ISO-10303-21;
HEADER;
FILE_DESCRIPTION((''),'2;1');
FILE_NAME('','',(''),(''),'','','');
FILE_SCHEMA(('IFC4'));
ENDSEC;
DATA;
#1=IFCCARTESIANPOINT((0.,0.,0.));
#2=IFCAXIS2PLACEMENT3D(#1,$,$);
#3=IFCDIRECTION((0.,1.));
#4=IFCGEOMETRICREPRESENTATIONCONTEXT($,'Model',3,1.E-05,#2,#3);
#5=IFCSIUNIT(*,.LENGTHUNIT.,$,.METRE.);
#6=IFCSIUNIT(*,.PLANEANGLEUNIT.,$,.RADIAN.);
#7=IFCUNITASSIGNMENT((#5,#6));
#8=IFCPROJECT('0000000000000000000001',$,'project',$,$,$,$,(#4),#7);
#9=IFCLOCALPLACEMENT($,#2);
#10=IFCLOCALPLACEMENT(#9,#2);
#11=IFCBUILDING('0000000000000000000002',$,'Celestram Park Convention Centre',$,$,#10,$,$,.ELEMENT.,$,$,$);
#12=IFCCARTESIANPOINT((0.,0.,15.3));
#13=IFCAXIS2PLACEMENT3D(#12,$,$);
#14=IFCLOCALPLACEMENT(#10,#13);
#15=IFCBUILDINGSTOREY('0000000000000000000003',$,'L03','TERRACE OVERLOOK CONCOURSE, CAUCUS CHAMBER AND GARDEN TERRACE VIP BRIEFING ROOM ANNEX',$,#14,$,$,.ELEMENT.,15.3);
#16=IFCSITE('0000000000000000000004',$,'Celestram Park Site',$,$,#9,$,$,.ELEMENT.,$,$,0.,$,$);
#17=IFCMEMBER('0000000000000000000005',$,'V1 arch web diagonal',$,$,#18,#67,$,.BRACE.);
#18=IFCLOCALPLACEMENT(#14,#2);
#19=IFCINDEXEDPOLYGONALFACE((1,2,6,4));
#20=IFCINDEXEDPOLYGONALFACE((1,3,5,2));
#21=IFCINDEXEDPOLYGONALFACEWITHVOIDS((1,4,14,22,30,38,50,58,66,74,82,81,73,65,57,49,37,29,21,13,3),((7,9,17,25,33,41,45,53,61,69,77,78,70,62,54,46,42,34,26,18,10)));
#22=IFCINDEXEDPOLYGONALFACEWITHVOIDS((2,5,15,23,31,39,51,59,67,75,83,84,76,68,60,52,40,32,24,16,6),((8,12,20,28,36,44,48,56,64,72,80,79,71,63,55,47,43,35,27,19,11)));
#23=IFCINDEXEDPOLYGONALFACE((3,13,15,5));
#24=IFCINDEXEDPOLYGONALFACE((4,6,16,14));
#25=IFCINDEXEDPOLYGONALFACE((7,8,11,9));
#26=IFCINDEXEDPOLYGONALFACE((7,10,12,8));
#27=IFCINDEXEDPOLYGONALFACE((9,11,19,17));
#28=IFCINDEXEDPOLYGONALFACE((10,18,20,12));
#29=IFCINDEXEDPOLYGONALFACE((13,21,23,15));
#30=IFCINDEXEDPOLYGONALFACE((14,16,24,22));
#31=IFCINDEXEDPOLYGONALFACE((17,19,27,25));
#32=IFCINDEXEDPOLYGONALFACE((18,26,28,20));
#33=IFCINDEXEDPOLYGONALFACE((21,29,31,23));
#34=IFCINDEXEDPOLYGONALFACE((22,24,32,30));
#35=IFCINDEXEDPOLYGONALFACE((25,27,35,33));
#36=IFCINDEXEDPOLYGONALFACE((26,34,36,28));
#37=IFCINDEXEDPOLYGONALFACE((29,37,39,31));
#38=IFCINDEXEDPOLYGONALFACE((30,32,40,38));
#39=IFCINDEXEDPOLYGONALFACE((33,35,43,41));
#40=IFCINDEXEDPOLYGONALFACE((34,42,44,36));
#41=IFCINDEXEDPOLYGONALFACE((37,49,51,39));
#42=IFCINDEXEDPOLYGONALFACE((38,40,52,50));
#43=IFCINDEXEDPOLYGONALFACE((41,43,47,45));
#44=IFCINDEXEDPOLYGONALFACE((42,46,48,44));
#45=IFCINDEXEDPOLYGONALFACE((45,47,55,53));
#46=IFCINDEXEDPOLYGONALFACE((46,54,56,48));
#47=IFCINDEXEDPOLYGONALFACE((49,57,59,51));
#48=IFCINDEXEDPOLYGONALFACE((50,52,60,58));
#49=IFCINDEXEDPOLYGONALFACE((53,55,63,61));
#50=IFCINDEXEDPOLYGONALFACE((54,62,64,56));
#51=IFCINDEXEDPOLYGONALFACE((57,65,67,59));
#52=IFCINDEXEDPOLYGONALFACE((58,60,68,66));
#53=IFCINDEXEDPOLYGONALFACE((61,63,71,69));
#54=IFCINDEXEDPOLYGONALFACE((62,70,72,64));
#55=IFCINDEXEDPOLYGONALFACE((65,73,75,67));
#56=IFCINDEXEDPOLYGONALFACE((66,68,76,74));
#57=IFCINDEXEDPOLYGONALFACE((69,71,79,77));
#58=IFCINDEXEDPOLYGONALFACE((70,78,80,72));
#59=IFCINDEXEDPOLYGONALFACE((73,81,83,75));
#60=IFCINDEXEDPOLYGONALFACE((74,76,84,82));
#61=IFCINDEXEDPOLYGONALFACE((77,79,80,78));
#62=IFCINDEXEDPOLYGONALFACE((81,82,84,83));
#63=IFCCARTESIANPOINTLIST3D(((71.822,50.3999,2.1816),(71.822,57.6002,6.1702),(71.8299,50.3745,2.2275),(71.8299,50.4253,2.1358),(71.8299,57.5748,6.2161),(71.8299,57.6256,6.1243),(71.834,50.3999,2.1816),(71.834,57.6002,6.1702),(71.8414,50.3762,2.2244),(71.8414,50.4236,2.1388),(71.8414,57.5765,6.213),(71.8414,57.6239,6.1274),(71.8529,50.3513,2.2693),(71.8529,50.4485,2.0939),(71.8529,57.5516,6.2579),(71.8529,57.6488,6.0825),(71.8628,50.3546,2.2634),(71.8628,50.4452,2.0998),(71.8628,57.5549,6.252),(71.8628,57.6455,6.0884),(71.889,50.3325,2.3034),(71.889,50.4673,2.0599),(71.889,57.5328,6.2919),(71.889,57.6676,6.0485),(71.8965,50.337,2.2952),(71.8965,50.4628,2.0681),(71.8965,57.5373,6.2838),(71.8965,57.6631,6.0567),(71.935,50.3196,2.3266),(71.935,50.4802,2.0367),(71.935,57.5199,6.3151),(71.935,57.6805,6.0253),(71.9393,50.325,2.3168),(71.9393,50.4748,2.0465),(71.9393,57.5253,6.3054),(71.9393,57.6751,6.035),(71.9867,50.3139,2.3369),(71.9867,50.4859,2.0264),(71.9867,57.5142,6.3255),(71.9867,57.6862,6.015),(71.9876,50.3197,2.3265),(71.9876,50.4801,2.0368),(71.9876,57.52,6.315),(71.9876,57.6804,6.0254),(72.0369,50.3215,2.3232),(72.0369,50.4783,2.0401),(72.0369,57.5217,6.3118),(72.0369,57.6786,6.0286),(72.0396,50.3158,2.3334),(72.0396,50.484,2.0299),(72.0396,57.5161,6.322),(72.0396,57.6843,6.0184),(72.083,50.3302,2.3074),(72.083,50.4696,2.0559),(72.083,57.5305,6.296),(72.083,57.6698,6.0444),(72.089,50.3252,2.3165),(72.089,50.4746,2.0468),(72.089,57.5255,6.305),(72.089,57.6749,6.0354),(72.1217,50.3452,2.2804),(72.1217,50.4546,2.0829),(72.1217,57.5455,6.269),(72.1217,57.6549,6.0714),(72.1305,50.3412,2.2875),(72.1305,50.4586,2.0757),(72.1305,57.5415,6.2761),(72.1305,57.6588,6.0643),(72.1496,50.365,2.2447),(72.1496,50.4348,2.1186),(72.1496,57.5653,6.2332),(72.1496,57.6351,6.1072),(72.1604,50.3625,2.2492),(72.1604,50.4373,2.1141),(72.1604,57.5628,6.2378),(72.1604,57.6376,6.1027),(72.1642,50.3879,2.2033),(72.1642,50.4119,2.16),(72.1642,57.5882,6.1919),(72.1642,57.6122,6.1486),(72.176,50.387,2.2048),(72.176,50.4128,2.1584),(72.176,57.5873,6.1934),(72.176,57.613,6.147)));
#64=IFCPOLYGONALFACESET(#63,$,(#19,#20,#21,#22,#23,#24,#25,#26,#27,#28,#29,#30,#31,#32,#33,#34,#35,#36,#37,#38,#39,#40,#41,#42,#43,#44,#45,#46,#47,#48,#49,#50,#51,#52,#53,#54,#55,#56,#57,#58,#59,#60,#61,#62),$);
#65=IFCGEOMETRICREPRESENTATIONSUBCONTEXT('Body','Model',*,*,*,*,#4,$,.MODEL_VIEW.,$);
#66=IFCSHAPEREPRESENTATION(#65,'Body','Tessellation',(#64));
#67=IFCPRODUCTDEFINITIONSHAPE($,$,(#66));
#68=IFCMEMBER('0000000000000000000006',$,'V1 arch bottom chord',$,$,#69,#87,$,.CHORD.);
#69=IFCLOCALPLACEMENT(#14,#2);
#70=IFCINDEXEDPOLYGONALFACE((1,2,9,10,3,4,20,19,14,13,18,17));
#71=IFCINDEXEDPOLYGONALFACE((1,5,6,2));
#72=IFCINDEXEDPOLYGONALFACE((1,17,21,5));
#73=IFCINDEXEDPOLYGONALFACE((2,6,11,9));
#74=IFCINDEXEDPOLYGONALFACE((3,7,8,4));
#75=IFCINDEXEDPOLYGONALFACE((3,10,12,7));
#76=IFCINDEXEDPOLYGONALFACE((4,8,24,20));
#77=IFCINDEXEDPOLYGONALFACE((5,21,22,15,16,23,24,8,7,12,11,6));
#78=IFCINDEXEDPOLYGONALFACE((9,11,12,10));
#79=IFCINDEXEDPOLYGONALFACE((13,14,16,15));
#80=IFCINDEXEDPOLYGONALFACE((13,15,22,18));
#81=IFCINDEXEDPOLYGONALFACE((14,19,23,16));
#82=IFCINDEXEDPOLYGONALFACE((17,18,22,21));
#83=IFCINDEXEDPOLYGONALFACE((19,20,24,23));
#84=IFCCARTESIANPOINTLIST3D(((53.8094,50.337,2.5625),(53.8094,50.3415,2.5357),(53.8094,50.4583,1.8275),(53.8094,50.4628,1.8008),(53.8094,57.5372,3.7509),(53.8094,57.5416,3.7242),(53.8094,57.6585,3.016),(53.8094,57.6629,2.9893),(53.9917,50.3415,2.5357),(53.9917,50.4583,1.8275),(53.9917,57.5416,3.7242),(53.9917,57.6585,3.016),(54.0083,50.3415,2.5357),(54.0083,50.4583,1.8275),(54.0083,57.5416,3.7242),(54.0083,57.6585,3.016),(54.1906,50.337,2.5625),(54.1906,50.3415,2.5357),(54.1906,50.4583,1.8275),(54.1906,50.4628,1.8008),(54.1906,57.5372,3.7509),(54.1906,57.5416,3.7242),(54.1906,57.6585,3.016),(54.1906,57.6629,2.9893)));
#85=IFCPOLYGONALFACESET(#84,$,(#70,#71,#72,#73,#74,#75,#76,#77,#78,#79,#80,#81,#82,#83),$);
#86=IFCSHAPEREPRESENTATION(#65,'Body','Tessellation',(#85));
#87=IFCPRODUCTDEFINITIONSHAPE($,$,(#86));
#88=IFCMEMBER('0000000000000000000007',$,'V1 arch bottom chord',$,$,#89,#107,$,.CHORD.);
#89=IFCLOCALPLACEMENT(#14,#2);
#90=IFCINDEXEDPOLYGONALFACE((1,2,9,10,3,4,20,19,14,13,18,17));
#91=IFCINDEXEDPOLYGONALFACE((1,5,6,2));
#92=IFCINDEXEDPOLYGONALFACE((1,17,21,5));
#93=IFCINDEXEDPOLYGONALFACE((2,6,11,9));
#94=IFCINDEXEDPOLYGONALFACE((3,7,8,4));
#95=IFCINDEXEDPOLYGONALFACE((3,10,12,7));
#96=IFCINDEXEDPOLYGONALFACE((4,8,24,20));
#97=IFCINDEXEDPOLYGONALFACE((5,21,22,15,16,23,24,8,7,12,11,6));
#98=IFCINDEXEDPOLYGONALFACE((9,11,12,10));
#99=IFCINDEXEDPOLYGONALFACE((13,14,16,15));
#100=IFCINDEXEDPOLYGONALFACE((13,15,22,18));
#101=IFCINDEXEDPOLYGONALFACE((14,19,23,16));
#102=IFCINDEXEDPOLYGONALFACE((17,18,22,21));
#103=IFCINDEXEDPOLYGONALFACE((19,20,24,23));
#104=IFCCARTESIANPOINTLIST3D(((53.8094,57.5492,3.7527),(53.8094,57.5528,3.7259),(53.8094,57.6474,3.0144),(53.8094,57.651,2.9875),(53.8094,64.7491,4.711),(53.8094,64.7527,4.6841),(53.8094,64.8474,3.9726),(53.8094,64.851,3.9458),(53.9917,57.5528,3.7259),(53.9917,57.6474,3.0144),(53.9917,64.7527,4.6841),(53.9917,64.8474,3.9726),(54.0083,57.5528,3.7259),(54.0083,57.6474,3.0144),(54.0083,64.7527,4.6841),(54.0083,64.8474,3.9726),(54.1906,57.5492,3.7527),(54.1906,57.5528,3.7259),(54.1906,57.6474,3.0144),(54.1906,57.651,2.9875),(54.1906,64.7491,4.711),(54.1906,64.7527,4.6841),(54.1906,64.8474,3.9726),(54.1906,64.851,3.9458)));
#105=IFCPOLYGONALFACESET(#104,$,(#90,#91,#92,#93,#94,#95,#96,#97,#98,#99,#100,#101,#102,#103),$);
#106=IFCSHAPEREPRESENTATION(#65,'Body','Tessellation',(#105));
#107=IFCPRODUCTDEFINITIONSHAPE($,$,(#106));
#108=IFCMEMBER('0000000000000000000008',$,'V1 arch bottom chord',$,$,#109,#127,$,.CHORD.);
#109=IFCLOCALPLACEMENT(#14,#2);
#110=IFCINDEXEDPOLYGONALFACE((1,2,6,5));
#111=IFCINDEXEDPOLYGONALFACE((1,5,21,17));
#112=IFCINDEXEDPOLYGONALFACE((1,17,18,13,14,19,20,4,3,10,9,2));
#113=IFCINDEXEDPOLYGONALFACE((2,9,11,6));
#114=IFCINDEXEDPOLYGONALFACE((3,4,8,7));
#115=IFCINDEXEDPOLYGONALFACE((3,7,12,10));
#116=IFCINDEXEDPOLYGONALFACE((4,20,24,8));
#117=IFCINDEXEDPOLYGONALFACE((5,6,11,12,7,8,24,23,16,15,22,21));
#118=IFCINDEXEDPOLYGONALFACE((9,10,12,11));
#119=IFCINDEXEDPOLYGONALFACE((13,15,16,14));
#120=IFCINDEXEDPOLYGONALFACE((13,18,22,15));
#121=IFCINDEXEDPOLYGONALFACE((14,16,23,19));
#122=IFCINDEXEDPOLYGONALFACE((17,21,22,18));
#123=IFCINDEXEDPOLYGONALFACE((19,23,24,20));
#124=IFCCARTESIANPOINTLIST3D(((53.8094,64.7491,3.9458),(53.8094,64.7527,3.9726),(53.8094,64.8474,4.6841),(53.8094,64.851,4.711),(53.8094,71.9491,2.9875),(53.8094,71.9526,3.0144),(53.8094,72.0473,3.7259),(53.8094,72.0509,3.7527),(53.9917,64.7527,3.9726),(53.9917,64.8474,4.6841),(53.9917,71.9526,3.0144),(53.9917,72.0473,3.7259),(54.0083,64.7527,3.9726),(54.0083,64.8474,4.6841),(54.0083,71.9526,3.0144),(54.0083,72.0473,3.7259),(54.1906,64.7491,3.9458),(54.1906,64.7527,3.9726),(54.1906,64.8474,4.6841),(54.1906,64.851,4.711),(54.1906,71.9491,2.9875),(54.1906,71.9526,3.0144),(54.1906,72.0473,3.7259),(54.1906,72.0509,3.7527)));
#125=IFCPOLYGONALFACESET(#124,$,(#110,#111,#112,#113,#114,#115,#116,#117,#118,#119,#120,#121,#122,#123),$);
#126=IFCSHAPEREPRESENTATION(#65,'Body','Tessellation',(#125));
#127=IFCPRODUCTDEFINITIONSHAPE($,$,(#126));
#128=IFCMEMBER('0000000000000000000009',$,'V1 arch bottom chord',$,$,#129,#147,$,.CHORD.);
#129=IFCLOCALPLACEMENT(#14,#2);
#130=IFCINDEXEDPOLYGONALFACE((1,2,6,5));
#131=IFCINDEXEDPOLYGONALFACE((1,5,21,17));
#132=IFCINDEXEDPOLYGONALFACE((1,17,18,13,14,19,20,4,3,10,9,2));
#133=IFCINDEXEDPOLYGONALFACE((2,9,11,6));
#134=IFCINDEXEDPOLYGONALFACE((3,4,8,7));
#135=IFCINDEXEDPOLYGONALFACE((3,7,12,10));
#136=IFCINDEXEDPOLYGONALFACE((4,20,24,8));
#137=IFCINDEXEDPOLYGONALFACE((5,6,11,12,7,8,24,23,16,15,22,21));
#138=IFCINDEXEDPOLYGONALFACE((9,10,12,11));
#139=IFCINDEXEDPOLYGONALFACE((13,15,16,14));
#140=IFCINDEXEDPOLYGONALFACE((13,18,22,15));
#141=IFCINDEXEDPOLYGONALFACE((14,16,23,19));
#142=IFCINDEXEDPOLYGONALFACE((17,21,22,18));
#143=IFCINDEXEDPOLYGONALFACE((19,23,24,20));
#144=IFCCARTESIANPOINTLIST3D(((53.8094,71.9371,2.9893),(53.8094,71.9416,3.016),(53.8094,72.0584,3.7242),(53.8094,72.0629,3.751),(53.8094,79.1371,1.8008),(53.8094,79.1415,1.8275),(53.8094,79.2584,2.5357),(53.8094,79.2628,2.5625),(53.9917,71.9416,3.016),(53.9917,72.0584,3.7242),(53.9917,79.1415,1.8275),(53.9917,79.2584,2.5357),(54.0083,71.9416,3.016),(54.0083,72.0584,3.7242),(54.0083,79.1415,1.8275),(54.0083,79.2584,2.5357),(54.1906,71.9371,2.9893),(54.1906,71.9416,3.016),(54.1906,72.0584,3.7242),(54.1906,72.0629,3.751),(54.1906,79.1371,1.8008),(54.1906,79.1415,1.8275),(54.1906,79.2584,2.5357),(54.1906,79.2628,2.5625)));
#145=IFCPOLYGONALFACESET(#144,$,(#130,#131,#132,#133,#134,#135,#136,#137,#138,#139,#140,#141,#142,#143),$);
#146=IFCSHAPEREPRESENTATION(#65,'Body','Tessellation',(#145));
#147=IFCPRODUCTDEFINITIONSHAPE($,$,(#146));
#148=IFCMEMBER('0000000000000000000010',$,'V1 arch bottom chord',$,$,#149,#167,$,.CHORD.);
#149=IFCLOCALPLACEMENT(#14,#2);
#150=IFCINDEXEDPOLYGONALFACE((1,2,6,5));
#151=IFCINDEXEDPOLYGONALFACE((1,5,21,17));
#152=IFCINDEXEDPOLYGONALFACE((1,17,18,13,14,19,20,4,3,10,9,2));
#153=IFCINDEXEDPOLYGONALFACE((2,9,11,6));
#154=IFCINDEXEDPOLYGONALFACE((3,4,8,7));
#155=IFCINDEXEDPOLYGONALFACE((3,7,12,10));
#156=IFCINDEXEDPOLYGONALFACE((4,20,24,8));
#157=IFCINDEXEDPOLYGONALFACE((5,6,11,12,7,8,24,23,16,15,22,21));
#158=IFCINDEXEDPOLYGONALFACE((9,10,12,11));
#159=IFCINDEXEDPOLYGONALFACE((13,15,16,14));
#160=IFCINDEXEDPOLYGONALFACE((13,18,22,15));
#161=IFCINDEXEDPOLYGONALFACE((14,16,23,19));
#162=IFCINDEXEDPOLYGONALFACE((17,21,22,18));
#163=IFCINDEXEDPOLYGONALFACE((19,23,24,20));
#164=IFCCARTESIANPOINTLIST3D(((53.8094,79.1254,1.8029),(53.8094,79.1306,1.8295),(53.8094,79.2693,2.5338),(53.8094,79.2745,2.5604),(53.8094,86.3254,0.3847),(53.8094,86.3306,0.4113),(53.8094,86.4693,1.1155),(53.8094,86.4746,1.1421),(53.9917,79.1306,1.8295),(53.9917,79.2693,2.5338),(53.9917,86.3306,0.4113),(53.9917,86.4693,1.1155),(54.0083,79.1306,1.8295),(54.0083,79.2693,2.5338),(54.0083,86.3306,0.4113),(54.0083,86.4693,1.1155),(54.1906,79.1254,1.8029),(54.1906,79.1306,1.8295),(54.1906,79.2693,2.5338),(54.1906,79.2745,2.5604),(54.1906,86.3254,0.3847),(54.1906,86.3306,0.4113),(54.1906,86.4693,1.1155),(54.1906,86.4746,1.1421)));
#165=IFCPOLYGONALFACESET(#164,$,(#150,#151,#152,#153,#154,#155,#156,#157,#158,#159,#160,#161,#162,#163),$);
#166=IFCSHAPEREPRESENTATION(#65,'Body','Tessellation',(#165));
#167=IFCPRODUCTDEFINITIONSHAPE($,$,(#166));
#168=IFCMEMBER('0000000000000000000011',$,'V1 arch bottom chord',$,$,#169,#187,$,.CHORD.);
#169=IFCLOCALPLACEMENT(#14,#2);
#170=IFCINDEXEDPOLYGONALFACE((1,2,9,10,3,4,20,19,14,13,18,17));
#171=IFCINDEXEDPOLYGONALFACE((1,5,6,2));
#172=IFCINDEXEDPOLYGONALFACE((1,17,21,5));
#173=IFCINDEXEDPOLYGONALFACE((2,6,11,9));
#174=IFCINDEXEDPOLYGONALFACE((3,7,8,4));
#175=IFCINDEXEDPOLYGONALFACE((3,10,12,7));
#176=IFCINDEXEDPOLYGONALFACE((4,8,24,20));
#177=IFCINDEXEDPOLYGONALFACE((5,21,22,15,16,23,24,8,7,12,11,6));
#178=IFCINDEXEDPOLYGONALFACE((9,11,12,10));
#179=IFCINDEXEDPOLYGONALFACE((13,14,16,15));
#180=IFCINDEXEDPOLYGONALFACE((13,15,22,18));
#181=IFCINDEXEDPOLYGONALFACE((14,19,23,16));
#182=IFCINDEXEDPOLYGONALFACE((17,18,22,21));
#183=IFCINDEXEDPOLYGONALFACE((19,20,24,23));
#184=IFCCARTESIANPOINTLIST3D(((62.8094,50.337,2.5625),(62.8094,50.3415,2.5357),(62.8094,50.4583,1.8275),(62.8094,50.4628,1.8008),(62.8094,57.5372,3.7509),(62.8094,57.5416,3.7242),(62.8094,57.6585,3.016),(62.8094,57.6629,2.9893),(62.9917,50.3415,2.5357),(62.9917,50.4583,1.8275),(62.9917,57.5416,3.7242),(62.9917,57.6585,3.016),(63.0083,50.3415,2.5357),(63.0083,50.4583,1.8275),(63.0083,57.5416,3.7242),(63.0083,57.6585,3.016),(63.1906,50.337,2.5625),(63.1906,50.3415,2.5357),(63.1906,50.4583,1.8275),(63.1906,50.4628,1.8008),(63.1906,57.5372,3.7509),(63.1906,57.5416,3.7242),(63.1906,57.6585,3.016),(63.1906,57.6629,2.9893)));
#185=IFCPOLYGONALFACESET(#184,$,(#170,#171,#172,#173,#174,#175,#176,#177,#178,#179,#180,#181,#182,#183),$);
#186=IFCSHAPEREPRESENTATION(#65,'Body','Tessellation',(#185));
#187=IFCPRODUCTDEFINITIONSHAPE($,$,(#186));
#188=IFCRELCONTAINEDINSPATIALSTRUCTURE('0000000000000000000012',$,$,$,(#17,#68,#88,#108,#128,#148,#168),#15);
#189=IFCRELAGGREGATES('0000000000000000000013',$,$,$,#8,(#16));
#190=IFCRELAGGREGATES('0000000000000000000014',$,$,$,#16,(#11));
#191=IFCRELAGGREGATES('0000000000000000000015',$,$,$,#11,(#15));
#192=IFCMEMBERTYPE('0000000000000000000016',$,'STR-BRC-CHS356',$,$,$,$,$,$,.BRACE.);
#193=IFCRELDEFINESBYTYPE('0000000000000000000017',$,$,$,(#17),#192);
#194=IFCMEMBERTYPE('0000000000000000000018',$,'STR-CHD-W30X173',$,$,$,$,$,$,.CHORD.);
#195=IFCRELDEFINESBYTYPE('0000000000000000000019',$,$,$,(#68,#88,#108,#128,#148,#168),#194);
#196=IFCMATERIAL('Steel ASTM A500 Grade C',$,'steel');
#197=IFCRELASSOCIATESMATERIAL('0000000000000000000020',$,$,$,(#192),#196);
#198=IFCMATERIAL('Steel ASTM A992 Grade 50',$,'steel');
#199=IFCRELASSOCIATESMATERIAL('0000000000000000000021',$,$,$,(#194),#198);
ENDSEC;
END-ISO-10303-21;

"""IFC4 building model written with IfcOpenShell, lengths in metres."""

from ifc_helpers import new_model, si_unit, direction, frame, origin, origin_2d, place, context, subcontext, project, spatial, hollow_circle, i_section, extrude, material, material_profile, profile_set, type_object, element, save


model = new_model("IFC4")

# Units and contexts
model_context = context("Model", 3, precision=1e-05, world=origin(), true_north=direction((0.0, 1.0)))
body_context = subcontext(model_context, "Body", "Model", "MODEL_VIEW")
ifc_project = project(units=[si_unit("LENGTHUNIT", "METRE"), si_unit("PLANEANGLEUNIT", "RADIAN")], contexts=[model_context])

# Site, building, storey
site_placement = place(None, origin())
site = spatial("IfcSite", under=ifc_project, at=site_placement, Name="Celestram Park Site", CompositionType="ELEMENT", RefElevation=0.0)
building_placement = place(site_placement, origin())
building = spatial("IfcBuilding", under=site, at=building_placement, Name="Celestram Park Convention Centre", CompositionType="ELEMENT")
storey_placement = place(building_placement, frame((0.0, 0.0, 15.3)))
storey = spatial("IfcBuildingStorey", under=building, at=storey_placement, Name="L03", Description="TERRACE OVERLOOK CONCOURSE, CAUCUS CHAMBER AND GARDEN TERRACE VIP BRIEFING ROOM ANNEX", CompositionType="ELEMENT", Elevation=15.3)

# Members
ifc_material_1 = material(Name="Steel ASTM A500 Grade C", Category="steel")
ifc_material_profile_1 = material_profile(ifc_material_1, hollow_circle(Radius=0.178, WallThickness=0.012, at=origin_2d()), Name="CHS356X12")
ifc_profile_set_1 = profile_set([ifc_material_profile_1], Name="Steel ASTM A500 Grade C")
member_type_1 = type_object("IfcMemberType", Name="STR-BRC-CHS356", PredefinedType="BRACE", material=ifc_profile_set_1)
member_1_placement = place(storey_placement, frame((72.0, 50.3999, 2.1816), z_axis=(0.0, 0.874754, 0.484567), x_axis=(-1.0, 0.0, 0.0)))
element("IfcMember", 1, at=member_1_placement, inside=storey, type_object=member_type_1, Name="V1 arch web diagonal", PredefinedType="BRACE", context=body_context, shape_type="SweptSolid", body=[
    extrude(hollow_circle(Radius=0.178, WallThickness=0.012, at=origin_2d()), origin(), (0.0, 0.0, 1.0), 8.2312),
])
ifc_material_2 = material(Name="Steel ASTM A992 Grade 50", Category="steel")
ifc_material_profile_2 = material_profile(ifc_material_2, i_section(OverallWidth=0.3811, OverallDepth=0.772, WebThickness=0.0166, FlangeThickness=0.0271, at=origin_2d()), Name="W30X173")
ifc_profile_set_2 = profile_set([ifc_material_profile_2], Name="Steel ASTM A992 Grade 50")
member_type_2 = type_object("IfcMemberType", Name="STR-CHD-W30X173", PredefinedType="CHORD", material=ifc_profile_set_2)
member_2_placement = place(storey_placement, frame((54.0, 50.3999, 2.1816), z_axis=(0.0, 0.98665, 0.162858), x_axis=(-1.0, 0.0, 0.0)))
element("IfcMember", 2, at=member_2_placement, inside=storey, type_object=member_type_2, Name="V1 arch bottom chord", PredefinedType="CHORD", context=body_context, shape_type="SweptSolid", body=[
    extrude(i_section(OverallWidth=0.3811, OverallDepth=0.772, WebThickness=0.0166, FlangeThickness=0.0271, at=origin_2d()), origin(), (0.0, 0.0, 1.0), 7.2976),
])
for number, where, z_axis, x_axis, name in (
    (3, (54.0, 57.6001, 3.3701), (0.0, 0.991259, 0.131928), (-1.0, 0.0, 0.0), "V1 arch bottom chord"),
    (4, (54.0, 64.8, 4.3284), (0.0, 0.991259, -0.131928), (-1.0, 0.0, 0.0), "V1 arch bottom chord"),
):
    element("IfcMember", number, at=place(storey_placement, frame(where, z_axis=z_axis, x_axis=x_axis)), inside=storey, type_object=member_type_2, Name=name, PredefinedType="CHORD", context=body_context, shape_type="SweptSolid", body=[
        extrude(i_section(OverallWidth=0.3811, OverallDepth=0.772, WebThickness=0.0166, FlangeThickness=0.0271, at=origin_2d()), origin(), (0.0, 0.0, 1.0), 7.2634),
    ])
member_3_placement = place(storey_placement, frame((54.0, 72.0, 3.3701), z_axis=(0.0, 0.986649, -0.162863), x_axis=(-1.0, 0.0, 0.0)))
element("IfcMember", 5, at=member_3_placement, inside=storey, type_object=member_type_2, Name="V1 arch bottom chord", PredefinedType="CHORD", context=body_context, shape_type="SweptSolid", body=[
    extrude(i_section(OverallWidth=0.3811, OverallDepth=0.772, WebThickness=0.0166, FlangeThickness=0.0271, at=origin_2d()), origin(), (0.0, 0.0, 1.0), 7.2974),
])
member_4_placement = place(storey_placement, frame((54.0, 79.2, 2.1816), z_axis=(0.0, 0.981147, -0.193262), x_axis=(-1.0, 0.0, 0.0)))
element("IfcMember", 6, at=member_4_placement, inside=storey, type_object=member_type_2, Name="V1 arch bottom chord", PredefinedType="CHORD", context=body_context, shape_type="SweptSolid", body=[
    extrude(i_section(OverallWidth=0.3811, OverallDepth=0.772, WebThickness=0.0166, FlangeThickness=0.0271, at=origin_2d()), origin(), (0.0, 0.0, 1.0), 7.3384),
])
member_5_placement = place(storey_placement, frame((63.0, 50.3999, 2.1816), z_axis=(0.0, 0.98665, 0.162858), x_axis=(-1.0, 0.0, 0.0)))
element("IfcMember", 7, at=member_5_placement, inside=storey, type_object=member_type_2, Name="V1 arch bottom chord", PredefinedType="CHORD", context=body_context, shape_type="SweptSolid", body=[
    extrude(i_section(OverallWidth=0.3811, OverallDepth=0.772, WebThickness=0.0166, FlangeThickness=0.0271, at=origin_2d()), origin(), (0.0, 0.0, 1.0), 7.2976),
])

save(model, "model.ifc")
